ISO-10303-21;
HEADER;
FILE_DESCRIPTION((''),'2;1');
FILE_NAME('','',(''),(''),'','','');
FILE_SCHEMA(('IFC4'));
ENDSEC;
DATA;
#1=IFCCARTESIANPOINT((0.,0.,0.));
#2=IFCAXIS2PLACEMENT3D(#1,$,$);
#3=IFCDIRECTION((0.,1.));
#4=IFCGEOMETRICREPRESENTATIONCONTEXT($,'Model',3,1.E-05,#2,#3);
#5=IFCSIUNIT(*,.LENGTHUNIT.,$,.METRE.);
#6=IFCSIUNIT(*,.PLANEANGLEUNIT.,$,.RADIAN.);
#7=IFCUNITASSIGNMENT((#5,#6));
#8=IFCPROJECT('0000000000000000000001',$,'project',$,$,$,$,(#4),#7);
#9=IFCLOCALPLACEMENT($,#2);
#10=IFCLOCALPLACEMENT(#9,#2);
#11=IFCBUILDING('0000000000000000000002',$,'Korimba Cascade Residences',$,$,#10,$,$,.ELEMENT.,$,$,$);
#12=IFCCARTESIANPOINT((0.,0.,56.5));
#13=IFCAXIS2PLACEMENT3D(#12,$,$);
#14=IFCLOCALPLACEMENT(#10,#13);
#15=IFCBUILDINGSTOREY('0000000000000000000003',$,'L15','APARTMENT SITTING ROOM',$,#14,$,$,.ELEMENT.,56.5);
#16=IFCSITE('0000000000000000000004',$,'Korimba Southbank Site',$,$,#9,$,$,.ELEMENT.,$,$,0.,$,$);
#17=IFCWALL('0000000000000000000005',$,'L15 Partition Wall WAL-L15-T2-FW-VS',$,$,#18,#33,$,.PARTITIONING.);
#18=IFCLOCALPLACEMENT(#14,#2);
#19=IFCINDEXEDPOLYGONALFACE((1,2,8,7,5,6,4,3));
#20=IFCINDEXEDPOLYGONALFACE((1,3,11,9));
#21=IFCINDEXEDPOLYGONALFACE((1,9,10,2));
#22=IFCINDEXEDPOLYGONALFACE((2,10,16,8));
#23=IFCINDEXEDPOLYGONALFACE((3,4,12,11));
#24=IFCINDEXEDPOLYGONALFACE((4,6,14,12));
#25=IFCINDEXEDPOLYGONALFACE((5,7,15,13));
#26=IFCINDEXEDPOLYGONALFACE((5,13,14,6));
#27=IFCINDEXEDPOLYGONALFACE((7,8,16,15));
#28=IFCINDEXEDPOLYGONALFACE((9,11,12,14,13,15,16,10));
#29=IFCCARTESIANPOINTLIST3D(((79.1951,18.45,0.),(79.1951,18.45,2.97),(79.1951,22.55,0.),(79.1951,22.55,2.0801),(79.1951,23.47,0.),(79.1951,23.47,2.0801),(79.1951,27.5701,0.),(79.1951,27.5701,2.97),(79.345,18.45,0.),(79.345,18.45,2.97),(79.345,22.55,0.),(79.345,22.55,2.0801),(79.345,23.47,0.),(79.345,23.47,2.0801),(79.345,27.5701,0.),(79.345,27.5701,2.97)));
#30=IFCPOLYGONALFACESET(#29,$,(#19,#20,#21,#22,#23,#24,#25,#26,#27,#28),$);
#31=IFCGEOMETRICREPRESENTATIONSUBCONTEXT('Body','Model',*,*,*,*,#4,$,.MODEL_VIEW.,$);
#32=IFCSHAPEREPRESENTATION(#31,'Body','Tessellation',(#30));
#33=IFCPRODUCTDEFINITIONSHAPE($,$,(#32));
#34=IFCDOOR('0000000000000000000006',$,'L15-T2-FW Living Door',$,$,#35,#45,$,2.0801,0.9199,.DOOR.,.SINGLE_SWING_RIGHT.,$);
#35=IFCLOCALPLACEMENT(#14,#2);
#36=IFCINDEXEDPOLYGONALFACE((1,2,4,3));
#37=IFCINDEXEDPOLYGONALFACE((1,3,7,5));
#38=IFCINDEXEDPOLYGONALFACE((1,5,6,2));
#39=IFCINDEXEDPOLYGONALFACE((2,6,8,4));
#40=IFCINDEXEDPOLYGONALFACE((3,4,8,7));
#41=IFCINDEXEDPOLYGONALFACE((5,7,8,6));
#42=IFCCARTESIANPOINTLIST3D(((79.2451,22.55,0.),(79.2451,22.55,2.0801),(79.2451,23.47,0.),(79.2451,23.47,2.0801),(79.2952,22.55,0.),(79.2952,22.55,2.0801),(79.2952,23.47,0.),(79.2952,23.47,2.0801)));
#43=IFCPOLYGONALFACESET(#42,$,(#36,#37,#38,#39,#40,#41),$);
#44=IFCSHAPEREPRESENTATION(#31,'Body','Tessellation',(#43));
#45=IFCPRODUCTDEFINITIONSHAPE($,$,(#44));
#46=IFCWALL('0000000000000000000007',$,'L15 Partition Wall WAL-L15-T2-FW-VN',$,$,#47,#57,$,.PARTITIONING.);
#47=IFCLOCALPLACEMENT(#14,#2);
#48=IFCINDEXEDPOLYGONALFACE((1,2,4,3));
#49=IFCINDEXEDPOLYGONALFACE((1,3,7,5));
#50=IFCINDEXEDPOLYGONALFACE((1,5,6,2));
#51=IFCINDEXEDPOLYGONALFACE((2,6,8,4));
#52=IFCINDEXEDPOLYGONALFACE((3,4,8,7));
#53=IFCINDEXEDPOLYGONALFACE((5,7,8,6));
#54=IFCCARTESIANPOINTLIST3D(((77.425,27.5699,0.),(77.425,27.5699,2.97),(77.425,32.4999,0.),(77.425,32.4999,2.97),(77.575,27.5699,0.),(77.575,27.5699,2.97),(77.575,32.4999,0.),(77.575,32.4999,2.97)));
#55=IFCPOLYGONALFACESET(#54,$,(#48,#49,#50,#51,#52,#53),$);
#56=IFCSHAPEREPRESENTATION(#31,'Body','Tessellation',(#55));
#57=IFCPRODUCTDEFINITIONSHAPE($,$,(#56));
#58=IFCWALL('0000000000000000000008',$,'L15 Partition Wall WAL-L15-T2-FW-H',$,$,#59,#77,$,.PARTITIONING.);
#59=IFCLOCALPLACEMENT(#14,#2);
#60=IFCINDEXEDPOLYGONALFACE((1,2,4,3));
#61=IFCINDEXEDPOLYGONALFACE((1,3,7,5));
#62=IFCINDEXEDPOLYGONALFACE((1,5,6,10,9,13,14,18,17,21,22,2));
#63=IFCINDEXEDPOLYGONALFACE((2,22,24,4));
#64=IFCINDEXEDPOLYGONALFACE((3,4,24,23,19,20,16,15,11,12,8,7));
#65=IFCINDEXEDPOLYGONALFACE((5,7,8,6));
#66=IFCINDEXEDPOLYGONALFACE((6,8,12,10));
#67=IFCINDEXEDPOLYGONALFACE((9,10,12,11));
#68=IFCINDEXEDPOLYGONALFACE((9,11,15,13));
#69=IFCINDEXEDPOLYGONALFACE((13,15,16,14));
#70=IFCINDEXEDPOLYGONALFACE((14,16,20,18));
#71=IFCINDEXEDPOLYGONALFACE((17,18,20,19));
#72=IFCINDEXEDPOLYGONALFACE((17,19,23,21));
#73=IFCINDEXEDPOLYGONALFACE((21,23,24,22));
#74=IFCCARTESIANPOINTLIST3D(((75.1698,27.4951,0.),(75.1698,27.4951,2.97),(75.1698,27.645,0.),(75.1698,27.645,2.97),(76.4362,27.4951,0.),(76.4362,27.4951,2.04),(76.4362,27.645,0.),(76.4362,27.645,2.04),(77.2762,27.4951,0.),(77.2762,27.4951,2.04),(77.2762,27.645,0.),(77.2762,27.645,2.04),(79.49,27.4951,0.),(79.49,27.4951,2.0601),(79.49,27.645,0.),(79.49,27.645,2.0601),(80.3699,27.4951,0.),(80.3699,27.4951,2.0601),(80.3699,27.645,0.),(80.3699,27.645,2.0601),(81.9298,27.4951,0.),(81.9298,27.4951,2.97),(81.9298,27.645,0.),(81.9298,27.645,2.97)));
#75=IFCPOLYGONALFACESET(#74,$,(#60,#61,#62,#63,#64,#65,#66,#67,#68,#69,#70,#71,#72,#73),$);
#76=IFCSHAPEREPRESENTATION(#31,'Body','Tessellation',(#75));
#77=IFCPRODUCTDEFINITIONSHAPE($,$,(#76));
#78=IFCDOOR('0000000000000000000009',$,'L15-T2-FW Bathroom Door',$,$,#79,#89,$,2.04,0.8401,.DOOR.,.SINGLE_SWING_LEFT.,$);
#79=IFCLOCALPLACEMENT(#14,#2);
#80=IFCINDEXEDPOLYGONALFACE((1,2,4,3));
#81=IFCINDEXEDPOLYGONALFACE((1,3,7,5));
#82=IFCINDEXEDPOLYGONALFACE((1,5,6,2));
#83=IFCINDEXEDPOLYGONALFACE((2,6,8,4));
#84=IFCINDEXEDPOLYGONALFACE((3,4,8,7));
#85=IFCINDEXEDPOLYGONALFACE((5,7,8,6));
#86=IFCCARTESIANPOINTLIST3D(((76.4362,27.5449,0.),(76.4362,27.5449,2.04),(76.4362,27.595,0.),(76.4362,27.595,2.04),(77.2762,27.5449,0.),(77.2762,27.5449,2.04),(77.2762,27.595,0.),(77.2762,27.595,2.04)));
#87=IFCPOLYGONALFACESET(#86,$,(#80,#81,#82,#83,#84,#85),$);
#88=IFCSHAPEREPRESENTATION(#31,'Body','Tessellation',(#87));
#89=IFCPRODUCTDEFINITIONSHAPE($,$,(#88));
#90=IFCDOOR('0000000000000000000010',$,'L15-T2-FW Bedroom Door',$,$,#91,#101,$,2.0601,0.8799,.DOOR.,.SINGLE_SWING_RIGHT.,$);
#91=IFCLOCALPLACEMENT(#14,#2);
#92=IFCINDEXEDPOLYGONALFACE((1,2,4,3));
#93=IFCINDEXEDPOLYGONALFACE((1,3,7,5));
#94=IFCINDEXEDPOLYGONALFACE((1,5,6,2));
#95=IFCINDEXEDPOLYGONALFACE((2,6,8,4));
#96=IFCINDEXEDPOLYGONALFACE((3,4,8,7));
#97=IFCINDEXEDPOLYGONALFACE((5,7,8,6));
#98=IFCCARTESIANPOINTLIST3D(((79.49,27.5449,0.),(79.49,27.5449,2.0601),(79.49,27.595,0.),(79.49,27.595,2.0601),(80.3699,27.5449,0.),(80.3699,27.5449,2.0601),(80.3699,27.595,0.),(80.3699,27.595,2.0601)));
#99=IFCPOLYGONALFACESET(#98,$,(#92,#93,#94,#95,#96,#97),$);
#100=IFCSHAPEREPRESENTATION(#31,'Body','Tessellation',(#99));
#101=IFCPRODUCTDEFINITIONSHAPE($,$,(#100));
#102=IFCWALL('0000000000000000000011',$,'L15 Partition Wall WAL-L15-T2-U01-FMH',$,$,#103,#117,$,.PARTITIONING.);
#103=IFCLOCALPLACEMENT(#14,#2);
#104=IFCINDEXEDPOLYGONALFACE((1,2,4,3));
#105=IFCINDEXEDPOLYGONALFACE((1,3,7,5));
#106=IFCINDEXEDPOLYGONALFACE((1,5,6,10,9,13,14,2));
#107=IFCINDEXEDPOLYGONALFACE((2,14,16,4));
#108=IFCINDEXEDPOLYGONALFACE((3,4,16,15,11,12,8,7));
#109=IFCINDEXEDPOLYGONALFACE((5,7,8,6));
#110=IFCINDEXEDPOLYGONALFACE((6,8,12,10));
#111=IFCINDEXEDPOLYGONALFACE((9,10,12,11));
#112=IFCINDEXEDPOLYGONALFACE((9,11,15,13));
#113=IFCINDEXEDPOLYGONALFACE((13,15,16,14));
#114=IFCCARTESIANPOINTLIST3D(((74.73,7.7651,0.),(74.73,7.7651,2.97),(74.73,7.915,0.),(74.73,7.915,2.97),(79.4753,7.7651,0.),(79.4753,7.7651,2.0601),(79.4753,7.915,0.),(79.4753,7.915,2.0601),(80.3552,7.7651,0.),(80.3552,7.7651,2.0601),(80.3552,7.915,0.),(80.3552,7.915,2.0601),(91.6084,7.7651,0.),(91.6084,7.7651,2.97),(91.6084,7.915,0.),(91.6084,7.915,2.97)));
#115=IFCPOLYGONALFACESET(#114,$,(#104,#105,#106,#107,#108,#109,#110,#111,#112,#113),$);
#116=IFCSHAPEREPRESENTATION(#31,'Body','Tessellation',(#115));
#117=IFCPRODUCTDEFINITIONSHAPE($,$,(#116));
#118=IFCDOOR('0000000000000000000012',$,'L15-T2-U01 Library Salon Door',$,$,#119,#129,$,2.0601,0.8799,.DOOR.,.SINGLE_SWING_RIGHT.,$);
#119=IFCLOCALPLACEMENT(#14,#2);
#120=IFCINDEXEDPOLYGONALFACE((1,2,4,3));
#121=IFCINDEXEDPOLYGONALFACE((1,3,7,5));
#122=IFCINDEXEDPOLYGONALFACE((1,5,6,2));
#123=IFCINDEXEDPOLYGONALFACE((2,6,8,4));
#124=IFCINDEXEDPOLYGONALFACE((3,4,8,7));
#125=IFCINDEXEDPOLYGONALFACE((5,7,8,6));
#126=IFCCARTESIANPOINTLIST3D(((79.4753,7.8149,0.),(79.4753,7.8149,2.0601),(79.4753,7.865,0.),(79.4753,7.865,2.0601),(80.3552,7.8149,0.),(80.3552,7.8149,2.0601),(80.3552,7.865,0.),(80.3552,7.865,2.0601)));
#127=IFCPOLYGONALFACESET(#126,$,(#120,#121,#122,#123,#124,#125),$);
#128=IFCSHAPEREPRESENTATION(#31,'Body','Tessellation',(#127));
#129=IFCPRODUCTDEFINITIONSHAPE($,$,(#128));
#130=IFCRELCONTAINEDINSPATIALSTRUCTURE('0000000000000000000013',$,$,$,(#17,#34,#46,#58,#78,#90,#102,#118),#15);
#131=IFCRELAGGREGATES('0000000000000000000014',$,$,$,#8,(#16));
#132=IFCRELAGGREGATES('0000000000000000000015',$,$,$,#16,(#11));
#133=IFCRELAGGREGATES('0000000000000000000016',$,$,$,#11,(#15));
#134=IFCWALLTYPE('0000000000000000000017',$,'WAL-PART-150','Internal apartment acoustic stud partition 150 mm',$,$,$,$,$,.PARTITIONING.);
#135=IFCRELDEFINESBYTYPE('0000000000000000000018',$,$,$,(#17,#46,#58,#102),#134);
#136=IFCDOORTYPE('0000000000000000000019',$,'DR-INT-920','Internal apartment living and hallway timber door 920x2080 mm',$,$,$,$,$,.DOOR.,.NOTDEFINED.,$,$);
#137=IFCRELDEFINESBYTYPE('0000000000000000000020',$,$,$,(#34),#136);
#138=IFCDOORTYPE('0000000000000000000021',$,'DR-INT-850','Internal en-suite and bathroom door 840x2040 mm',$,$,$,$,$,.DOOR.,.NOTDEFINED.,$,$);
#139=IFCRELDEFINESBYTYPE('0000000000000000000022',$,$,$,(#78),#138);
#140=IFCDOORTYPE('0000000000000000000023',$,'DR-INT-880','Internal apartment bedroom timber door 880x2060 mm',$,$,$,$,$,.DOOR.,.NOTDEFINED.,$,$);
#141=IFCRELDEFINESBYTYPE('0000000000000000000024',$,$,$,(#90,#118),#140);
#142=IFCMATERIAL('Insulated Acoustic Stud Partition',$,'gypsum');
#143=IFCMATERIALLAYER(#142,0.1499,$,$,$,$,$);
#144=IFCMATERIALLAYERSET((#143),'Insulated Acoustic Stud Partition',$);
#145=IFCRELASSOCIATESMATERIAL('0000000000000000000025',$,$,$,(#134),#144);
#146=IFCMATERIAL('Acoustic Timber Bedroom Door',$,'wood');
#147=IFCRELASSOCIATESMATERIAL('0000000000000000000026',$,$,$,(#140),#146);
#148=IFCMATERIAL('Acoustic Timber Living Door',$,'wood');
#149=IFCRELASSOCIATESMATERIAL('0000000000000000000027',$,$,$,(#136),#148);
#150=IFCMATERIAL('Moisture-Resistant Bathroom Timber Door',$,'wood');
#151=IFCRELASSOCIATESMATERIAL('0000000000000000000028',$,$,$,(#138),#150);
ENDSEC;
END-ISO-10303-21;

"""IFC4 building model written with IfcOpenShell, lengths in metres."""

from ifc_helpers import new_model, si_unit, direction, frame, frame_2d, origin, place, context, subcontext, project, spatial, rectangle, extrude, material, layer, layer_set, type_object, element, fill, save


model = new_model("IFC4")

# Units and contexts
model_context = context("Model", 3, precision=1e-05, world=origin(), true_north=direction((0.0, 1.0)))
body_context = subcontext(model_context, "Body", "Model", "MODEL_VIEW")
ifc_project = project(units=[si_unit("LENGTHUNIT", "METRE"), si_unit("PLANEANGLEUNIT", "RADIAN")], contexts=[model_context])

# Site, building, storey
site_placement = place(None, origin())
site = spatial("IfcSite", under=ifc_project, at=site_placement, Name="Korimba Southbank Site", CompositionType="ELEMENT", RefElevation=0.0)
building_placement = place(site_placement, origin())
building = spatial("IfcBuilding", under=site, at=building_placement, Name="Korimba Cascade Residences", CompositionType="ELEMENT")
storey_placement = place(building_placement, frame((0.0, 0.0, 56.5)))
storey = spatial("IfcBuildingStorey", under=building, at=storey_placement, Name="L15", Description="APARTMENT SITTING ROOM", CompositionType="ELEMENT", Elevation=56.5)

# Shared definitions
ifc_material_1 = material(Name="Insulated Acoustic Stud Partition", Category="gypsum")
ifc_layer_1 = layer(ifc_material_1, 0.1499)
ifc_layer_set_1 = layer_set([ifc_layer_1], Name="Insulated Acoustic Stud Partition")
wall_type_1 = type_object("IfcWallType", Name="WAL-PART-150", Description="Internal apartment acoustic stud partition 150 mm", PredefinedType="PARTITIONING", material=ifc_layer_set_1)

# Wall, opening, door
ifc_material_2 = material(Name="Acoustic Timber Bedroom Door", Category="wood")
door_type_1 = type_object("IfcDoorType", Name="DR-INT-880", Description="Internal apartment bedroom timber door 880x2060 mm", OperationType="NOTDEFINED", PredefinedType="DOOR", material=ifc_material_2)
wall_1_placement = place(storey_placement, frame((79.27, 18.45, 0.0), z_axis=(0.0, 0.0, 1.0), x_axis=(0.0, 1.0, 0.0)))
wall_1 = element("IfcWall", 1, at=wall_1_placement, inside=storey, type_object=wall_type_1, Name="L15 Partition Wall WAL-L15-T2-FW-VS", PredefinedType="PARTITIONING", context=body_context, shape_type="SweptSolid", body=[
    extrude(rectangle(XDim=9.1201, YDim=0.1499, at=frame_2d((4.5601, 0.0))), origin(), (0.0, 0.0, 1.0), 2.97),
])
opening_1_placement = place(wall_1_placement, frame((4.1001, 0.0, 0.0)))
opening_1 = element("IfcOpeningElement", 2, at=opening_1_placement, cuts=wall_1, PredefinedType="OPENING", context=body_context, shape_type="SweptSolid", body=[
    extrude(rectangle(XDim=0.9199, YDim=2.0801, at=frame_2d((0.46, 1.04))), frame((0.0, 0.085, 0.0), z_axis=(0.0, -1.0, 0.0), x_axis=(1.0, 0.0, 0.0)), (0.0, 0.0, 1.0), 0.1699),
])
ifc_material_3 = material(Name="Acoustic Timber Living Door", Category="wood")
door_type_2 = type_object("IfcDoorType", Name="DR-INT-920", Description="Internal apartment living and hallway timber door 920x2080 mm", OperationType="NOTDEFINED", PredefinedType="DOOR", material=ifc_material_3)
door_1_placement = place(opening_1_placement, origin())
door_1 = element("IfcDoor", 3, at=door_1_placement, inside=storey, type_object=door_type_2, Name="L15-T2-FW Living Door", OperationType="SINGLE_SWING_RIGHT", OverallHeight=2.0801, OverallWidth=0.9199, PredefinedType="DOOR", context=body_context, shape_type="SweptSolid", body=[
    extrude(rectangle(XDim=0.9199, YDim=2.0801, at=frame_2d((0.46, 1.04))), frame((0.0, 0.0249, 0.0), z_axis=(0.0, -1.0, 0.0), x_axis=(1.0, 0.0, 0.0)), (0.0, 0.0, 1.0), 0.05),
])
fill(opening_1, door_1)

# Wall
wall_2_placement = place(storey_placement, frame((77.5, 27.5701, 0.0), z_axis=(0.0, 0.0, 1.0), x_axis=(0.0, 1.0, 0.0)))
element("IfcWall", 4, at=wall_2_placement, inside=storey, type_object=wall_type_1, Name="L15 Partition Wall WAL-L15-T2-FW-VN", PredefinedType="PARTITIONING", context=body_context, shape_type="SweptSolid", body=[
    extrude(rectangle(XDim=4.9299, YDim=0.1499, at=frame_2d((2.4648, 0.0))), origin(), (0.0, 0.0, 1.0), 2.97),
])

# Wall, openings, doors
wall_3_placement = place(storey_placement, frame((75.1699, 27.5701, 0.0), z_axis=(0.0, 0.0, 1.0), x_axis=(1.0, 0.0, 0.0)))
wall_3 = element("IfcWall", 5, at=wall_3_placement, inside=storey, type_object=wall_type_1, Name="L15 Partition Wall WAL-L15-T2-FW-H", PredefinedType="PARTITIONING", context=body_context, shape_type="SweptSolid", body=[
    extrude(rectangle(XDim=6.76, YDim=0.1499, at=frame_2d((3.3799, 0.0))), origin(), (0.0, 0.0, 1.0), 2.97),
])
opening_2_placement = place(wall_3_placement, frame((1.2664, 0.0, 0.0)))
opening_2 = element("IfcOpeningElement", 6, at=opening_2_placement, cuts=wall_3, PredefinedType="OPENING", context=body_context, shape_type="SweptSolid", body=[
    extrude(rectangle(XDim=0.8401, YDim=2.04, at=frame_2d((0.4199, 1.02))), frame((0.0, 0.085, 0.0), z_axis=(0.0, -1.0, 0.0), x_axis=(1.0, 0.0, 0.0)), (0.0, 0.0, 1.0), 0.1699),
])
opening_3_placement = place(wall_3_placement, frame((4.3201, 0.0, 0.0)))
opening_3 = element("IfcOpeningElement", 7, at=opening_3_placement, cuts=wall_3, PredefinedType="OPENING", context=body_context, shape_type="SweptSolid", body=[
    extrude(rectangle(XDim=0.8799, YDim=2.0601, at=frame_2d((0.4399, 1.03))), frame((0.0, 0.085, 0.0), z_axis=(0.0, -1.0, 0.0), x_axis=(1.0, 0.0, 0.0)), (0.0, 0.0, 1.0), 0.1699),
])
ifc_material_4 = material(Name="Moisture-Resistant Bathroom Timber Door", Category="wood")
door_type_3 = type_object("IfcDoorType", Name="DR-INT-850", Description="Internal en-suite and bathroom door 840x2040 mm", OperationType="NOTDEFINED", PredefinedType="DOOR", material=ifc_material_4)
door_2_placement = place(opening_2_placement, origin())
door_2 = element("IfcDoor", 8, at=door_2_placement, inside=storey, type_object=door_type_3, Name="L15-T2-FW Bathroom Door", OperationType="SINGLE_SWING_LEFT", OverallHeight=2.04, OverallWidth=0.8401, PredefinedType="DOOR", context=body_context, shape_type="SweptSolid", body=[
    extrude(rectangle(XDim=0.8401, YDim=2.04, at=frame_2d((0.4199, 1.02))), frame((0.0, 0.0249, 0.0), z_axis=(0.0, -1.0, 0.0), x_axis=(1.0, 0.0, 0.0)), (0.0, 0.0, 1.0), 0.05),
])
fill(opening_2, door_2)
door_3_placement = place(opening_3_placement, origin())
door_3 = element("IfcDoor", 9, at=door_3_placement, inside=storey, type_object=door_type_1, Name="L15-T2-FW Bedroom Door", OperationType="SINGLE_SWING_RIGHT", OverallHeight=2.0601, OverallWidth=0.8799, PredefinedType="DOOR", context=body_context, shape_type="SweptSolid", body=[
    extrude(rectangle(XDim=0.8799, YDim=2.0601, at=frame_2d((0.4399, 1.03))), frame((0.0, 0.0249, 0.0), z_axis=(0.0, -1.0, 0.0), x_axis=(1.0, 0.0, 0.0)), (0.0, 0.0, 1.0), 0.05),
])
fill(opening_3, door_3)

# Wall, opening, door
wall_4_placement = place(storey_placement, frame((74.73, 7.8401, 0.0), z_axis=(0.0, 0.0, 1.0), x_axis=(1.0, 0.0, 0.0)))
wall_4 = element("IfcWall", 10, at=wall_4_placement, inside=storey, type_object=wall_type_1, Name="L15 Partition Wall WAL-L15-T2-U01-FMH", PredefinedType="PARTITIONING", context=body_context, shape_type="SweptSolid", body=[
    extrude(rectangle(XDim=16.8784, YDim=0.1499, at=frame_2d((8.4392, 0.0))), origin(), (0.0, 0.0, 1.0), 2.97),
])
opening_4_placement = place(wall_4_placement, frame((4.7454, 0.0, 0.0)))
opening_4 = element("IfcOpeningElement", 11, at=opening_4_placement, cuts=wall_4, PredefinedType="OPENING", context=body_context, shape_type="SweptSolid", body=[
    extrude(rectangle(XDim=0.8799, YDim=2.0601, at=frame_2d((0.4399, 1.03))), frame((0.0, 0.085, 0.0), z_axis=(0.0, -1.0, 0.0), x_axis=(1.0, 0.0, 0.0)), (0.0, 0.0, 1.0), 0.1699),
])
door_4_placement = place(opening_4_placement, origin())
door_4 = element("IfcDoor", 12, at=door_4_placement, inside=storey, type_object=door_type_1, Name="L15-T2-U01 Library Salon Door", OperationType="SINGLE_SWING_RIGHT", OverallHeight=2.0601, OverallWidth=0.8799, PredefinedType="DOOR", context=body_context, shape_type="SweptSolid", body=[
    extrude(rectangle(XDim=0.8799, YDim=2.0601, at=frame_2d((0.4399, 1.03))), frame((0.0, 0.0249, 0.0), z_axis=(0.0, -1.0, 0.0), x_axis=(1.0, 0.0, 0.0)), (0.0, 0.0, 1.0), 0.05),
])
fill(opening_4, door_4)

save(model, "model.ifc")
